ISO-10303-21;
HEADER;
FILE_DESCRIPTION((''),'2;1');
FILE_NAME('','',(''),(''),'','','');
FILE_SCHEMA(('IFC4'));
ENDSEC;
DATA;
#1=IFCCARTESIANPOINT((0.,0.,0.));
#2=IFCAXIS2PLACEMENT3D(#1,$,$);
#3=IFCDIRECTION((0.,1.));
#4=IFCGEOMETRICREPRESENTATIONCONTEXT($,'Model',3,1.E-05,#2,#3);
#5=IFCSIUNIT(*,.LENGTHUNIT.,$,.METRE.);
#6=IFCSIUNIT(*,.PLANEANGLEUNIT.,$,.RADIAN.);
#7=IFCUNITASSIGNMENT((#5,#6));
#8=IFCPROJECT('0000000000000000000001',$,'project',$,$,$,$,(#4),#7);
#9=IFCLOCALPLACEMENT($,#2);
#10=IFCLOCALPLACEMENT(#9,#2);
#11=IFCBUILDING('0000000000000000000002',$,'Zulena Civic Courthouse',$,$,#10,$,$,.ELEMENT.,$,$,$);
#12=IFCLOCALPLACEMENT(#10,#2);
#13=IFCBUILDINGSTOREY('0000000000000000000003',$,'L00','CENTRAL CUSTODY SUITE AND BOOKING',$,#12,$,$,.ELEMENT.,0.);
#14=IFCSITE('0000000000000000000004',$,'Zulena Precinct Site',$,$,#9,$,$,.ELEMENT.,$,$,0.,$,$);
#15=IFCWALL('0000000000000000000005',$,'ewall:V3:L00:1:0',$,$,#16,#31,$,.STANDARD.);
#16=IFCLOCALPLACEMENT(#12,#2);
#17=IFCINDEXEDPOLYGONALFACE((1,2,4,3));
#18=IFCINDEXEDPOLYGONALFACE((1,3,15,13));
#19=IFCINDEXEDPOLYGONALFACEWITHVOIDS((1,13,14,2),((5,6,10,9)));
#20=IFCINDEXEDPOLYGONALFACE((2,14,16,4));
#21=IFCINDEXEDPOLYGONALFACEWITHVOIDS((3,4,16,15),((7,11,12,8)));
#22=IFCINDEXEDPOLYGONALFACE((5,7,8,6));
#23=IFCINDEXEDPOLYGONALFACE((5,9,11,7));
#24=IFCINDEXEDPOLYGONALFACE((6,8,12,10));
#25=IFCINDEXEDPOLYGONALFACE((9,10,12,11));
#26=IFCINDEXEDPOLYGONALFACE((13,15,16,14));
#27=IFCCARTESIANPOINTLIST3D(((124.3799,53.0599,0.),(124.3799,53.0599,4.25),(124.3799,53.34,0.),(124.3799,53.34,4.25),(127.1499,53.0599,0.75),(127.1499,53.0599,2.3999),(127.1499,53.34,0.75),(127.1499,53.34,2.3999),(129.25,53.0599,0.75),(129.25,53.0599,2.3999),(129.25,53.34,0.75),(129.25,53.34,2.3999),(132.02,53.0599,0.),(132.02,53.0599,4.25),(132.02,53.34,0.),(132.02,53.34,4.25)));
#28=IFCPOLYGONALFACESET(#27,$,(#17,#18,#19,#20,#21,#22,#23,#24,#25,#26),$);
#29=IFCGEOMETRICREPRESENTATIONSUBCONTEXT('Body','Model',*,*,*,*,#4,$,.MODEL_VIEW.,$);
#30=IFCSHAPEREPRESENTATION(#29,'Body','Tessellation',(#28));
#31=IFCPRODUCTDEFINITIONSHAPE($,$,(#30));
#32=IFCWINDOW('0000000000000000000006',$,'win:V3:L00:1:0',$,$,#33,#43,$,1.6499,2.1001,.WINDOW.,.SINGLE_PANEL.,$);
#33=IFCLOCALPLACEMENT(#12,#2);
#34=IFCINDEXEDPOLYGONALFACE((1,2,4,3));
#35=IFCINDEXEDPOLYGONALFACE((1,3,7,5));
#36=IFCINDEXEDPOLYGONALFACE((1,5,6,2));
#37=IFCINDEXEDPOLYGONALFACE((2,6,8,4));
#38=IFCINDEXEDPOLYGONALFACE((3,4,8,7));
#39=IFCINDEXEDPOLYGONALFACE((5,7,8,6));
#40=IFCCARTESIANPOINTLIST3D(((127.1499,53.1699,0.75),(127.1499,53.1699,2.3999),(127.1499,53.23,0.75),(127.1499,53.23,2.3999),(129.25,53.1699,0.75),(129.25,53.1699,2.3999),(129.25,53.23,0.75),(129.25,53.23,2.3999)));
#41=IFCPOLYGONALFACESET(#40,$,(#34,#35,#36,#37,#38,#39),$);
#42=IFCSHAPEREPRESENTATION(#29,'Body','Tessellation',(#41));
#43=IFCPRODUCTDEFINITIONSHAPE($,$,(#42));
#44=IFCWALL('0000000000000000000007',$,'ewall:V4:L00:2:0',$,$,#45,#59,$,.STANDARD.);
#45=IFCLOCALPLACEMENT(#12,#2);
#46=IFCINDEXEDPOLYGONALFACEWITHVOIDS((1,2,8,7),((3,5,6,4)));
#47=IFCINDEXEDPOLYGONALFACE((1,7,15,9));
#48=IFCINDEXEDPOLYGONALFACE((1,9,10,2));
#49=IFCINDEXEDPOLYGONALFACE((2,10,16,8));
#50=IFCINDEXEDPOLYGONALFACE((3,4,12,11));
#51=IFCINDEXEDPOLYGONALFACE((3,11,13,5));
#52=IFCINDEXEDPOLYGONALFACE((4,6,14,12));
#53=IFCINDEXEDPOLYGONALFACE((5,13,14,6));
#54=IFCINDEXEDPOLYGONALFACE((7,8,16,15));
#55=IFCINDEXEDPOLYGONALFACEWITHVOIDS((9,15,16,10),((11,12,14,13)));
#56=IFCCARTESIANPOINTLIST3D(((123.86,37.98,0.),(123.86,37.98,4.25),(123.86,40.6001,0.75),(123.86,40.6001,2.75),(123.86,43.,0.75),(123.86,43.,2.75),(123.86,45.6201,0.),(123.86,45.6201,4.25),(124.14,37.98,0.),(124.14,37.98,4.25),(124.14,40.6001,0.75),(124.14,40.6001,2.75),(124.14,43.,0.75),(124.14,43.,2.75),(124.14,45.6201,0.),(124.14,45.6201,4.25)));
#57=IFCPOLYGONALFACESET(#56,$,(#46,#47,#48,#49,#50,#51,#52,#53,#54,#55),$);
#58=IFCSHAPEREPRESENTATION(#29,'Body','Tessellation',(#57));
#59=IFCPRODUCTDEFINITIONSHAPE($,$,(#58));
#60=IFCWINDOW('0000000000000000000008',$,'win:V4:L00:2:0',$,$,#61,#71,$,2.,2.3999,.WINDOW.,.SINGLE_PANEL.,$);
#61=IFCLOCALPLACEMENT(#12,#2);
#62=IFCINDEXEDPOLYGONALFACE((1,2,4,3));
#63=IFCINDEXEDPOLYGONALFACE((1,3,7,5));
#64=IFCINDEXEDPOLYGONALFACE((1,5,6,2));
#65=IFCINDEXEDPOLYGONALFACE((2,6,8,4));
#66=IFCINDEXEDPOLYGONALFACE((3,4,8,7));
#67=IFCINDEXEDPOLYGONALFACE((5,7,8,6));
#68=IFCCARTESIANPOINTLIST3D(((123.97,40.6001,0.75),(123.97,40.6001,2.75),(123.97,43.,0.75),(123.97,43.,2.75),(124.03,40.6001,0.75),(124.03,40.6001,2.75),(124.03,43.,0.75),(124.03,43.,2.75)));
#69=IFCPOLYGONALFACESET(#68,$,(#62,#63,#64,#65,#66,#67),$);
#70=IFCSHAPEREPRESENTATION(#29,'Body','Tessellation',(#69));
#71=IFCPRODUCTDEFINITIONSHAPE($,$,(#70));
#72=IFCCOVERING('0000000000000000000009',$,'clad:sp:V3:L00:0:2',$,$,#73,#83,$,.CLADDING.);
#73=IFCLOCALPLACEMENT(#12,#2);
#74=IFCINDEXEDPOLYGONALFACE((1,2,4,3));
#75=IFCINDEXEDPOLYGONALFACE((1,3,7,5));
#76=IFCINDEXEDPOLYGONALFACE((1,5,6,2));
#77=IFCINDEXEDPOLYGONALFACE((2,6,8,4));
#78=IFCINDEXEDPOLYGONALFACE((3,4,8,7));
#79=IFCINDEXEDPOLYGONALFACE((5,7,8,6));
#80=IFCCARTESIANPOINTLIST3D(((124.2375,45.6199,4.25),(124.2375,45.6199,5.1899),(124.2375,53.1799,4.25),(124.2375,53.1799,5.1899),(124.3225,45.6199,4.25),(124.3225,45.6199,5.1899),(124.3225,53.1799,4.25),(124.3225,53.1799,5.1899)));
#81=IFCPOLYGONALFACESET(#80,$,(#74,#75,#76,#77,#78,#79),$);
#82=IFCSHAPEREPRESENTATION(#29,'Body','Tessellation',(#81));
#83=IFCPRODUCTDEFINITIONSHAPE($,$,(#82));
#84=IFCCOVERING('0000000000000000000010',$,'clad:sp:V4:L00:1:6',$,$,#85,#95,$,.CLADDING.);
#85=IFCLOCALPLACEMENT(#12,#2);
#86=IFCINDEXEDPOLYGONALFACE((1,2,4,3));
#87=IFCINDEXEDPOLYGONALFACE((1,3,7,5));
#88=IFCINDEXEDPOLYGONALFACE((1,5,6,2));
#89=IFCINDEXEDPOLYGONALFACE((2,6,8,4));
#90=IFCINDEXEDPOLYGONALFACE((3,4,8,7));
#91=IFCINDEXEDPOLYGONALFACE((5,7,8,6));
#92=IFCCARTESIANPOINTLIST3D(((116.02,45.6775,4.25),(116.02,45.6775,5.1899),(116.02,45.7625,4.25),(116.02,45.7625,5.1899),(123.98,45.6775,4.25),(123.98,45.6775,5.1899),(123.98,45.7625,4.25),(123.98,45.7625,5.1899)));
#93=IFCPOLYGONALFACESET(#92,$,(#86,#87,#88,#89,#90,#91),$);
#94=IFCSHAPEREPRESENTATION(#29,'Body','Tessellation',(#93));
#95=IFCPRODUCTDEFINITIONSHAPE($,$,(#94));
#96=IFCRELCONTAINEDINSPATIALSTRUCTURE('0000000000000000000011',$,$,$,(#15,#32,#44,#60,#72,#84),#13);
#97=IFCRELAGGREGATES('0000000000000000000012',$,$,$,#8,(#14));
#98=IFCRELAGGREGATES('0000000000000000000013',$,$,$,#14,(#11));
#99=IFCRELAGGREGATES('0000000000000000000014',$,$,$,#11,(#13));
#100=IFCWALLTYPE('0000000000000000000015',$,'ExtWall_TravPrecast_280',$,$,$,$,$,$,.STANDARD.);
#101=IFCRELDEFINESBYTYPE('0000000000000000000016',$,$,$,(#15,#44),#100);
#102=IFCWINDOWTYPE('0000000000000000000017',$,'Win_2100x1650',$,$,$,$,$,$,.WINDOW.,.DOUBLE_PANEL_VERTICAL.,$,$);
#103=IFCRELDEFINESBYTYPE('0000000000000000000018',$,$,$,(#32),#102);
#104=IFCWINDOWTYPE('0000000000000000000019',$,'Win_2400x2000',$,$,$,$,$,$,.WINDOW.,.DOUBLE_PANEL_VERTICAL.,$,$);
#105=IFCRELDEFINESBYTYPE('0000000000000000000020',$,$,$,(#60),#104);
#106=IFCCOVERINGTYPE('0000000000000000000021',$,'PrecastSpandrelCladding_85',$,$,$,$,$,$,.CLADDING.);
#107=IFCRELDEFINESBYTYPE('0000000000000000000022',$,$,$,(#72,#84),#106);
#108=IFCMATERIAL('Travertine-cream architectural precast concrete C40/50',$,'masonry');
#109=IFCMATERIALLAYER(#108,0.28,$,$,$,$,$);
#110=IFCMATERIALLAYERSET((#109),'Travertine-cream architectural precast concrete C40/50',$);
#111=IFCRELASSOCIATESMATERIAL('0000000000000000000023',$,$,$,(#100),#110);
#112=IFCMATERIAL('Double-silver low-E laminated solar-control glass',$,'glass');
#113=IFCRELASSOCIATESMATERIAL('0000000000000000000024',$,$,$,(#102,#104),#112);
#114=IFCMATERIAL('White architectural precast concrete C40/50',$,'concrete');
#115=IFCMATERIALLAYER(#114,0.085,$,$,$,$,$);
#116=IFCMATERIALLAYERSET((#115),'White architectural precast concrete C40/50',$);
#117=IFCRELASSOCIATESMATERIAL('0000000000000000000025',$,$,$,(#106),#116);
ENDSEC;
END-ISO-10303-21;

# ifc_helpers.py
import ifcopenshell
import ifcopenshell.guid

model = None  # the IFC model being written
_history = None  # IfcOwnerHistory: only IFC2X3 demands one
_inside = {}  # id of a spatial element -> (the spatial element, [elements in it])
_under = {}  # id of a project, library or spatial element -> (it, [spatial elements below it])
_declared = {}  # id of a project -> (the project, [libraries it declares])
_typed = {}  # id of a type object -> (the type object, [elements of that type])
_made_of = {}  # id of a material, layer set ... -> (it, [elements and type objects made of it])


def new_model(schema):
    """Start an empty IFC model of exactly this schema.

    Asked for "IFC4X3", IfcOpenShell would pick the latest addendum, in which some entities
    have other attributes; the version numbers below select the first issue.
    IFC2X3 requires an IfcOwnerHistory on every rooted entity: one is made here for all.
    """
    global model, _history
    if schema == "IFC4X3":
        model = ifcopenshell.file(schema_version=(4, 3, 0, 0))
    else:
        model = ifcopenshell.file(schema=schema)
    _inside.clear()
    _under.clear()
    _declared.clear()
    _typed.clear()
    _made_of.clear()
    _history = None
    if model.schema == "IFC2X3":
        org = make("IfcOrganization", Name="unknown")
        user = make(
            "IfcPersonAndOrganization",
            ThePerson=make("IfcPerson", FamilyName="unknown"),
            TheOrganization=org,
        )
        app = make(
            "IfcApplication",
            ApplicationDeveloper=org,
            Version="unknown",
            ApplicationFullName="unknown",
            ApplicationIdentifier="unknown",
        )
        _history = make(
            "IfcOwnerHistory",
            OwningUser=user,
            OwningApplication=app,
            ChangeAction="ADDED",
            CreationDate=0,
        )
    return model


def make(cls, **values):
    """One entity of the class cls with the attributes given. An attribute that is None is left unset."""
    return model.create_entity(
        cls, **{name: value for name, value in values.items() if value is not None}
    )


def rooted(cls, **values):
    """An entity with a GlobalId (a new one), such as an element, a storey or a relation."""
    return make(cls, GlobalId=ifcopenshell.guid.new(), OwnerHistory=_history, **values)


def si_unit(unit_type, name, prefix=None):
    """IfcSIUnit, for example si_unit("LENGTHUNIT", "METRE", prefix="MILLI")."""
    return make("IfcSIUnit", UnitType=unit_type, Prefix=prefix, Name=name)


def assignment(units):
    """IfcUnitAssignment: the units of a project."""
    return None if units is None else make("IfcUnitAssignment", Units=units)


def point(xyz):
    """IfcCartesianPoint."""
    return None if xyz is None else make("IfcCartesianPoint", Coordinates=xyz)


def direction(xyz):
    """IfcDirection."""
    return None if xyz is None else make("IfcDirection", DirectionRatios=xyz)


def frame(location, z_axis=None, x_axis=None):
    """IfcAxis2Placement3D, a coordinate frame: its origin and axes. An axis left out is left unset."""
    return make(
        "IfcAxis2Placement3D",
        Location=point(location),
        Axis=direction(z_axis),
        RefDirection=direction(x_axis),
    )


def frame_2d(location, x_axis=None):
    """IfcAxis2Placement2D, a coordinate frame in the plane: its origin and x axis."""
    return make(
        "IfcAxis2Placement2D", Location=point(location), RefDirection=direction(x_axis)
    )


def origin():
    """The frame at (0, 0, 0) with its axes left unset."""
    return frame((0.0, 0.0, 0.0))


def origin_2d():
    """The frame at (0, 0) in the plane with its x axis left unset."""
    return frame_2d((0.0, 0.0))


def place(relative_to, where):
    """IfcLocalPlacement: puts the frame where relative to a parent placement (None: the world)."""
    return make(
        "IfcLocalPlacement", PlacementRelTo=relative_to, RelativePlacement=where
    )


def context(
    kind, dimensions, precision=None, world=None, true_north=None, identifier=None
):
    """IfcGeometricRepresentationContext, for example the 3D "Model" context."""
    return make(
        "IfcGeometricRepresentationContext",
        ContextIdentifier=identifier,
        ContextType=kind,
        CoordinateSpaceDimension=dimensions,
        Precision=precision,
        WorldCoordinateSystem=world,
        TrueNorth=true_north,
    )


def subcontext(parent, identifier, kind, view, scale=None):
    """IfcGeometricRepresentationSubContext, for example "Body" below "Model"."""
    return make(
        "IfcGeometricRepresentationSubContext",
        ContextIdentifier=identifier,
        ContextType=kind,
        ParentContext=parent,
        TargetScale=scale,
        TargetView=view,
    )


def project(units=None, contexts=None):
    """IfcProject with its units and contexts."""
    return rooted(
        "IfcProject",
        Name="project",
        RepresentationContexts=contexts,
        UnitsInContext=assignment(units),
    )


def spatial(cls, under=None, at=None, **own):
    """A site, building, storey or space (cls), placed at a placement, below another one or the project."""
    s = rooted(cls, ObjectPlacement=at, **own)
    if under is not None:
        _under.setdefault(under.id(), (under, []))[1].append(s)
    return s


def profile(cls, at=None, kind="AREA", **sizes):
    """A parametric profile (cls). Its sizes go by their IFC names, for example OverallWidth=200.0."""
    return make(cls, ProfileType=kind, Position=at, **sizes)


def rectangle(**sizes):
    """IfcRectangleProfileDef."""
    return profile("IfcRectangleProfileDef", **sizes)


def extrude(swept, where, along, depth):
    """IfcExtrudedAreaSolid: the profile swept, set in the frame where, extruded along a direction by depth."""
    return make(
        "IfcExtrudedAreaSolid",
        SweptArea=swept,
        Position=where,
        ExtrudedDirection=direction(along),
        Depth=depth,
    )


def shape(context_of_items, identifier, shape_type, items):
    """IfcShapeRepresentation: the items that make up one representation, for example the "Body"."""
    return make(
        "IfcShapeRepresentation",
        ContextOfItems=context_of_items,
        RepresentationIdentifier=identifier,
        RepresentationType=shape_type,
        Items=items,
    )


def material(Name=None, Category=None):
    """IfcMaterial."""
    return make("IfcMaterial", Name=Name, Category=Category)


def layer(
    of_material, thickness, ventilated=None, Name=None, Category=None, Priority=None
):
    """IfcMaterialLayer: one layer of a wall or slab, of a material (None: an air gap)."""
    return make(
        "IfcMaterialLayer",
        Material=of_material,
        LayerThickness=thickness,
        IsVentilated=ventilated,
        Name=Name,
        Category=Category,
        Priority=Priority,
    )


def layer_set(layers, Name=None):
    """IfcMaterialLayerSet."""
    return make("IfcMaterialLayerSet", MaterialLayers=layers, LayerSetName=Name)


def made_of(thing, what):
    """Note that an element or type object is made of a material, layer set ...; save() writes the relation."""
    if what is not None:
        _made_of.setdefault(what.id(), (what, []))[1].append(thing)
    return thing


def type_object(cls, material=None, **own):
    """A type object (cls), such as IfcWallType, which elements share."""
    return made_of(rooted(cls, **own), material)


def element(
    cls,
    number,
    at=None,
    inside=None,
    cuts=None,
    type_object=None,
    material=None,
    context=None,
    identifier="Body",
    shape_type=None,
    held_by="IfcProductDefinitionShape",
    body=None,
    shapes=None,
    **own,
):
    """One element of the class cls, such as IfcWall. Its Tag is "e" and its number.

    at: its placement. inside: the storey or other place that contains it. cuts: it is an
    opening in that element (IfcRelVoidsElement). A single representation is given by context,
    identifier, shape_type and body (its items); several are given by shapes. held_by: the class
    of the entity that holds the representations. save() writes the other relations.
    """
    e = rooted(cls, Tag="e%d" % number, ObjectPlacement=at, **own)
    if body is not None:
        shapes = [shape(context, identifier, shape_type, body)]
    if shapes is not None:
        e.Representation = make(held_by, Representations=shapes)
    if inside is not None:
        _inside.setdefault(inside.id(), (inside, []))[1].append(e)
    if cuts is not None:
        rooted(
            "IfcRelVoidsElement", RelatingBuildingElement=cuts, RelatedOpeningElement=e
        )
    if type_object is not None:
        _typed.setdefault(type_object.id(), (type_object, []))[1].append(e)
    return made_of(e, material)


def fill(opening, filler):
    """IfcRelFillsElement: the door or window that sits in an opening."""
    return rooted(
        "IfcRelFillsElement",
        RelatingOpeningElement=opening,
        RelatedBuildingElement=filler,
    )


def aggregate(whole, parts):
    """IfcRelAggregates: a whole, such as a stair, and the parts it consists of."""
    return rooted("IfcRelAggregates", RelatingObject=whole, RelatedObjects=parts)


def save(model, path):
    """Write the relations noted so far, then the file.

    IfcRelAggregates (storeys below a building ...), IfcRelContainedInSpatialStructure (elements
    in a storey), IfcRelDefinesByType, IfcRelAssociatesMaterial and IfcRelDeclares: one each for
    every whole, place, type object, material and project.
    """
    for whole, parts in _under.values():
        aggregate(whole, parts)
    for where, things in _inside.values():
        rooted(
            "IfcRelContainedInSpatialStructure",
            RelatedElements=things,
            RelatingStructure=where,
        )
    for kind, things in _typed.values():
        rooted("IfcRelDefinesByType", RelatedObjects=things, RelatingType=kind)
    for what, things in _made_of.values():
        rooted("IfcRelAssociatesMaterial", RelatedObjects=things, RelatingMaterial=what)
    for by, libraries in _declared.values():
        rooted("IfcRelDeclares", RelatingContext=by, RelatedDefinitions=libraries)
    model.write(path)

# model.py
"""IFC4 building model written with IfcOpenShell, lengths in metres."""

from ifc_helpers import new_model, si_unit, direction, frame, frame_2d, origin, origin_2d, place, context, subcontext, project, spatial, rectangle, extrude, material, layer, layer_set, type_object, element, fill, save


model = new_model("IFC4")

# Units and contexts
model_context = context("Model", 3, precision=1e-05, world=origin(), true_north=direction((0.0, 1.0)))
body_context = subcontext(model_context, "Body", "Model", "MODEL_VIEW")
ifc_project = project(units=[si_unit("LENGTHUNIT", "METRE"), si_unit("PLANEANGLEUNIT", "RADIAN")], contexts=[model_context])

# Site, building, storey
site_placement = place(None, origin())
site = spatial("IfcSite", under=ifc_project, at=site_placement, Name="Zulena Precinct Site", CompositionType="ELEMENT", RefElevation=0.0)
building_placement = place(site_placement, origin())
building = spatial("IfcBuilding", under=site, at=building_placement, Name="Zulena Civic Courthouse", CompositionType="ELEMENT")
storey_placement = place(building_placement, origin())
storey = spatial("IfcBuildingStorey", under=building, at=storey_placement, Name="L00", Description="CENTRAL CUSTODY SUITE AND BOOKING", CompositionType="ELEMENT", Elevation=0.0)

# Shared definitions
ifc_material_1 = material(Name="Travertine-cream architectural precast concrete C40/50", Category="masonry")
ifc_layer_1 = layer(ifc_material_1, 0.28)
ifc_layer_set_1 = layer_set([ifc_layer_1], Name="Travertine-cream architectural precast concrete C40/50")
wall_type = type_object("IfcWallType", Name="ExtWall_TravPrecast_280", PredefinedType="STANDARD", material=ifc_layer_set_1)

# Walls, openings, windows
wall_1_placement = place(storey_placement, frame((124.3799, 53.2, 0.0), z_axis=(0.0, 0.0, 1.0), x_axis=(1.0, 0.0, 0.0)))
wall_1 = element("IfcWall", 1, at=wall_1_placement, inside=storey, type_object=wall_type, Name="ewall:V3:L00:1:0", PredefinedType="STANDARD", context=body_context, shape_type="SweptSolid", body=[
    extrude(rectangle(XDim=7.6401, YDim=0.28, at=frame_2d((3.8201, 0.0))), origin(), (0.0, 0.0, 1.0), 4.25),
])
opening_1_placement = place(wall_1_placement, frame((2.77, 0.0, 0.75)))
opening_1 = element("IfcOpeningElement", 2, at=opening_1_placement, cuts=wall_1, PredefinedType="OPENING", context=body_context, shape_type="SweptSolid", body=[
    extrude(rectangle(XDim=2.1001, YDim=1.6499, at=frame_2d((1.05, 0.825))), frame((0.0, 0.1499, 0.0), z_axis=(0.0, -1.0, 0.0), x_axis=(1.0, 0.0, 0.0)), (0.0, 0.0, 1.0), 0.3),
])
ifc_material_2 = material(Name="Double-silver low-E laminated solar-control glass", Category="glass")
window_type_1 = type_object("IfcWindowType", Name="Win_2100x1650", PartitioningType="DOUBLE_PANEL_VERTICAL", PredefinedType="WINDOW", material=ifc_material_2)
window_1_placement = place(opening_1_placement, origin())
window_1 = element("IfcWindow", 3, at=window_1_placement, inside=storey, type_object=window_type_1, Name="win:V3:L00:1:0", OverallHeight=1.6499, OverallWidth=2.1001, PartitioningType="SINGLE_PANEL", PredefinedType="WINDOW", context=body_context, shape_type="SweptSolid", body=[
    extrude(rectangle(XDim=2.1001, YDim=1.6499, at=frame_2d((1.05, 0.825))), frame((0.0, 0.03, 0.0), z_axis=(0.0, -1.0, 0.0), x_axis=(1.0, 0.0, 0.0)), (0.0, 0.0, 1.0), 0.0601),
])
fill(opening_1, window_1)
wall_2_placement = place(storey_placement, frame((124.0, 45.6201, 0.0), z_axis=(0.0, 0.0, 1.0), x_axis=(0.0, -1.0, 0.0)))
wall_2 = element("IfcWall", 4, at=wall_2_placement, inside=storey, type_object=wall_type, Name="ewall:V4:L00:2:0", PredefinedType="STANDARD", context=body_context, shape_type="SweptSolid", body=[
    extrude(rectangle(XDim=7.6401, YDim=0.28, at=frame_2d((3.8201, 0.0))), origin(), (0.0, 0.0, 1.0), 4.25),
])
opening_2_placement = place(wall_2_placement, frame((2.6201, 0.0, 0.75)))
opening_2 = element("IfcOpeningElement", 5, at=opening_2_placement, cuts=wall_2, PredefinedType="OPENING", context=body_context, shape_type="SweptSolid", body=[
    extrude(rectangle(XDim=2.3999, YDim=2.0, at=frame_2d((1.2, 1.0))), frame((0.0, 0.1499, 0.0), z_axis=(0.0, -1.0, 0.0), x_axis=(1.0, 0.0, 0.0)), (0.0, 0.0, 1.0), 0.3),
])
window_type_2 = type_object("IfcWindowType", Name="Win_2400x2000", PartitioningType="DOUBLE_PANEL_VERTICAL", PredefinedType="WINDOW", material=ifc_material_2)
window_2_placement = place(opening_2_placement, origin())
window_2 = element("IfcWindow", 6, at=window_2_placement, inside=storey, type_object=window_type_2, Name="win:V4:L00:2:0", OverallHeight=2.0, OverallWidth=2.3999, PartitioningType="SINGLE_PANEL", PredefinedType="WINDOW", context=body_context, shape_type="SweptSolid", body=[
    extrude(rectangle(XDim=2.3999, YDim=2.0, at=frame_2d((1.2, 1.0))), frame((0.0, 0.03, 0.0), z_axis=(0.0, -1.0, 0.0), x_axis=(1.0, 0.0, 0.0)), (0.0, 0.0, 1.0), 0.0601),
])
fill(opening_2, window_2)

# Coverings
ifc_material_3 = material(Name="White architectural precast concrete C40/50", Category="concrete")
ifc_layer_2 = layer(ifc_material_3, 0.085)
ifc_layer_set_2 = layer_set([ifc_layer_2], Name="White architectural precast concrete C40/50")
covering_type = type_object("IfcCoveringType", Name="PrecastSpandrelCladding_85", PredefinedType="CLADDING", material=ifc_layer_set_2)
covering_1_placement = place(storey_placement, frame((124.28, 49.3999, 4.25), z_axis=(0.0, 0.0, 1.0), x_axis=(0.0, 1.0, 0.0)))
element("IfcCovering", 7, at=covering_1_placement, inside=storey, type_object=covering_type, Name="clad:sp:V3:L00:0:2", PredefinedType="CLADDING", context=body_context, shape_type="SweptSolid", body=[
    extrude(rectangle(XDim=7.5601, YDim=0.085, at=origin_2d()), origin(), (0.0, 0.0, 1.0), 0.9399),
])
covering_2_placement = place(storey_placement, frame((120.0, 45.72, 4.25), z_axis=(0.0, 0.0, 1.0), x_axis=(1.0, 0.0, 0.0)))
element("IfcCovering", 8, at=covering_2_placement, inside=storey, type_object=covering_type, Name="clad:sp:V4:L00:1:6", PredefinedType="CLADDING", context=body_context, shape_type="SweptSolid", body=[
    extrude(rectangle(XDim=7.96, YDim=0.085, at=origin_2d()), origin(), (0.0, 0.0, 1.0), 0.9399),
])

save(model, "model.ifc")
